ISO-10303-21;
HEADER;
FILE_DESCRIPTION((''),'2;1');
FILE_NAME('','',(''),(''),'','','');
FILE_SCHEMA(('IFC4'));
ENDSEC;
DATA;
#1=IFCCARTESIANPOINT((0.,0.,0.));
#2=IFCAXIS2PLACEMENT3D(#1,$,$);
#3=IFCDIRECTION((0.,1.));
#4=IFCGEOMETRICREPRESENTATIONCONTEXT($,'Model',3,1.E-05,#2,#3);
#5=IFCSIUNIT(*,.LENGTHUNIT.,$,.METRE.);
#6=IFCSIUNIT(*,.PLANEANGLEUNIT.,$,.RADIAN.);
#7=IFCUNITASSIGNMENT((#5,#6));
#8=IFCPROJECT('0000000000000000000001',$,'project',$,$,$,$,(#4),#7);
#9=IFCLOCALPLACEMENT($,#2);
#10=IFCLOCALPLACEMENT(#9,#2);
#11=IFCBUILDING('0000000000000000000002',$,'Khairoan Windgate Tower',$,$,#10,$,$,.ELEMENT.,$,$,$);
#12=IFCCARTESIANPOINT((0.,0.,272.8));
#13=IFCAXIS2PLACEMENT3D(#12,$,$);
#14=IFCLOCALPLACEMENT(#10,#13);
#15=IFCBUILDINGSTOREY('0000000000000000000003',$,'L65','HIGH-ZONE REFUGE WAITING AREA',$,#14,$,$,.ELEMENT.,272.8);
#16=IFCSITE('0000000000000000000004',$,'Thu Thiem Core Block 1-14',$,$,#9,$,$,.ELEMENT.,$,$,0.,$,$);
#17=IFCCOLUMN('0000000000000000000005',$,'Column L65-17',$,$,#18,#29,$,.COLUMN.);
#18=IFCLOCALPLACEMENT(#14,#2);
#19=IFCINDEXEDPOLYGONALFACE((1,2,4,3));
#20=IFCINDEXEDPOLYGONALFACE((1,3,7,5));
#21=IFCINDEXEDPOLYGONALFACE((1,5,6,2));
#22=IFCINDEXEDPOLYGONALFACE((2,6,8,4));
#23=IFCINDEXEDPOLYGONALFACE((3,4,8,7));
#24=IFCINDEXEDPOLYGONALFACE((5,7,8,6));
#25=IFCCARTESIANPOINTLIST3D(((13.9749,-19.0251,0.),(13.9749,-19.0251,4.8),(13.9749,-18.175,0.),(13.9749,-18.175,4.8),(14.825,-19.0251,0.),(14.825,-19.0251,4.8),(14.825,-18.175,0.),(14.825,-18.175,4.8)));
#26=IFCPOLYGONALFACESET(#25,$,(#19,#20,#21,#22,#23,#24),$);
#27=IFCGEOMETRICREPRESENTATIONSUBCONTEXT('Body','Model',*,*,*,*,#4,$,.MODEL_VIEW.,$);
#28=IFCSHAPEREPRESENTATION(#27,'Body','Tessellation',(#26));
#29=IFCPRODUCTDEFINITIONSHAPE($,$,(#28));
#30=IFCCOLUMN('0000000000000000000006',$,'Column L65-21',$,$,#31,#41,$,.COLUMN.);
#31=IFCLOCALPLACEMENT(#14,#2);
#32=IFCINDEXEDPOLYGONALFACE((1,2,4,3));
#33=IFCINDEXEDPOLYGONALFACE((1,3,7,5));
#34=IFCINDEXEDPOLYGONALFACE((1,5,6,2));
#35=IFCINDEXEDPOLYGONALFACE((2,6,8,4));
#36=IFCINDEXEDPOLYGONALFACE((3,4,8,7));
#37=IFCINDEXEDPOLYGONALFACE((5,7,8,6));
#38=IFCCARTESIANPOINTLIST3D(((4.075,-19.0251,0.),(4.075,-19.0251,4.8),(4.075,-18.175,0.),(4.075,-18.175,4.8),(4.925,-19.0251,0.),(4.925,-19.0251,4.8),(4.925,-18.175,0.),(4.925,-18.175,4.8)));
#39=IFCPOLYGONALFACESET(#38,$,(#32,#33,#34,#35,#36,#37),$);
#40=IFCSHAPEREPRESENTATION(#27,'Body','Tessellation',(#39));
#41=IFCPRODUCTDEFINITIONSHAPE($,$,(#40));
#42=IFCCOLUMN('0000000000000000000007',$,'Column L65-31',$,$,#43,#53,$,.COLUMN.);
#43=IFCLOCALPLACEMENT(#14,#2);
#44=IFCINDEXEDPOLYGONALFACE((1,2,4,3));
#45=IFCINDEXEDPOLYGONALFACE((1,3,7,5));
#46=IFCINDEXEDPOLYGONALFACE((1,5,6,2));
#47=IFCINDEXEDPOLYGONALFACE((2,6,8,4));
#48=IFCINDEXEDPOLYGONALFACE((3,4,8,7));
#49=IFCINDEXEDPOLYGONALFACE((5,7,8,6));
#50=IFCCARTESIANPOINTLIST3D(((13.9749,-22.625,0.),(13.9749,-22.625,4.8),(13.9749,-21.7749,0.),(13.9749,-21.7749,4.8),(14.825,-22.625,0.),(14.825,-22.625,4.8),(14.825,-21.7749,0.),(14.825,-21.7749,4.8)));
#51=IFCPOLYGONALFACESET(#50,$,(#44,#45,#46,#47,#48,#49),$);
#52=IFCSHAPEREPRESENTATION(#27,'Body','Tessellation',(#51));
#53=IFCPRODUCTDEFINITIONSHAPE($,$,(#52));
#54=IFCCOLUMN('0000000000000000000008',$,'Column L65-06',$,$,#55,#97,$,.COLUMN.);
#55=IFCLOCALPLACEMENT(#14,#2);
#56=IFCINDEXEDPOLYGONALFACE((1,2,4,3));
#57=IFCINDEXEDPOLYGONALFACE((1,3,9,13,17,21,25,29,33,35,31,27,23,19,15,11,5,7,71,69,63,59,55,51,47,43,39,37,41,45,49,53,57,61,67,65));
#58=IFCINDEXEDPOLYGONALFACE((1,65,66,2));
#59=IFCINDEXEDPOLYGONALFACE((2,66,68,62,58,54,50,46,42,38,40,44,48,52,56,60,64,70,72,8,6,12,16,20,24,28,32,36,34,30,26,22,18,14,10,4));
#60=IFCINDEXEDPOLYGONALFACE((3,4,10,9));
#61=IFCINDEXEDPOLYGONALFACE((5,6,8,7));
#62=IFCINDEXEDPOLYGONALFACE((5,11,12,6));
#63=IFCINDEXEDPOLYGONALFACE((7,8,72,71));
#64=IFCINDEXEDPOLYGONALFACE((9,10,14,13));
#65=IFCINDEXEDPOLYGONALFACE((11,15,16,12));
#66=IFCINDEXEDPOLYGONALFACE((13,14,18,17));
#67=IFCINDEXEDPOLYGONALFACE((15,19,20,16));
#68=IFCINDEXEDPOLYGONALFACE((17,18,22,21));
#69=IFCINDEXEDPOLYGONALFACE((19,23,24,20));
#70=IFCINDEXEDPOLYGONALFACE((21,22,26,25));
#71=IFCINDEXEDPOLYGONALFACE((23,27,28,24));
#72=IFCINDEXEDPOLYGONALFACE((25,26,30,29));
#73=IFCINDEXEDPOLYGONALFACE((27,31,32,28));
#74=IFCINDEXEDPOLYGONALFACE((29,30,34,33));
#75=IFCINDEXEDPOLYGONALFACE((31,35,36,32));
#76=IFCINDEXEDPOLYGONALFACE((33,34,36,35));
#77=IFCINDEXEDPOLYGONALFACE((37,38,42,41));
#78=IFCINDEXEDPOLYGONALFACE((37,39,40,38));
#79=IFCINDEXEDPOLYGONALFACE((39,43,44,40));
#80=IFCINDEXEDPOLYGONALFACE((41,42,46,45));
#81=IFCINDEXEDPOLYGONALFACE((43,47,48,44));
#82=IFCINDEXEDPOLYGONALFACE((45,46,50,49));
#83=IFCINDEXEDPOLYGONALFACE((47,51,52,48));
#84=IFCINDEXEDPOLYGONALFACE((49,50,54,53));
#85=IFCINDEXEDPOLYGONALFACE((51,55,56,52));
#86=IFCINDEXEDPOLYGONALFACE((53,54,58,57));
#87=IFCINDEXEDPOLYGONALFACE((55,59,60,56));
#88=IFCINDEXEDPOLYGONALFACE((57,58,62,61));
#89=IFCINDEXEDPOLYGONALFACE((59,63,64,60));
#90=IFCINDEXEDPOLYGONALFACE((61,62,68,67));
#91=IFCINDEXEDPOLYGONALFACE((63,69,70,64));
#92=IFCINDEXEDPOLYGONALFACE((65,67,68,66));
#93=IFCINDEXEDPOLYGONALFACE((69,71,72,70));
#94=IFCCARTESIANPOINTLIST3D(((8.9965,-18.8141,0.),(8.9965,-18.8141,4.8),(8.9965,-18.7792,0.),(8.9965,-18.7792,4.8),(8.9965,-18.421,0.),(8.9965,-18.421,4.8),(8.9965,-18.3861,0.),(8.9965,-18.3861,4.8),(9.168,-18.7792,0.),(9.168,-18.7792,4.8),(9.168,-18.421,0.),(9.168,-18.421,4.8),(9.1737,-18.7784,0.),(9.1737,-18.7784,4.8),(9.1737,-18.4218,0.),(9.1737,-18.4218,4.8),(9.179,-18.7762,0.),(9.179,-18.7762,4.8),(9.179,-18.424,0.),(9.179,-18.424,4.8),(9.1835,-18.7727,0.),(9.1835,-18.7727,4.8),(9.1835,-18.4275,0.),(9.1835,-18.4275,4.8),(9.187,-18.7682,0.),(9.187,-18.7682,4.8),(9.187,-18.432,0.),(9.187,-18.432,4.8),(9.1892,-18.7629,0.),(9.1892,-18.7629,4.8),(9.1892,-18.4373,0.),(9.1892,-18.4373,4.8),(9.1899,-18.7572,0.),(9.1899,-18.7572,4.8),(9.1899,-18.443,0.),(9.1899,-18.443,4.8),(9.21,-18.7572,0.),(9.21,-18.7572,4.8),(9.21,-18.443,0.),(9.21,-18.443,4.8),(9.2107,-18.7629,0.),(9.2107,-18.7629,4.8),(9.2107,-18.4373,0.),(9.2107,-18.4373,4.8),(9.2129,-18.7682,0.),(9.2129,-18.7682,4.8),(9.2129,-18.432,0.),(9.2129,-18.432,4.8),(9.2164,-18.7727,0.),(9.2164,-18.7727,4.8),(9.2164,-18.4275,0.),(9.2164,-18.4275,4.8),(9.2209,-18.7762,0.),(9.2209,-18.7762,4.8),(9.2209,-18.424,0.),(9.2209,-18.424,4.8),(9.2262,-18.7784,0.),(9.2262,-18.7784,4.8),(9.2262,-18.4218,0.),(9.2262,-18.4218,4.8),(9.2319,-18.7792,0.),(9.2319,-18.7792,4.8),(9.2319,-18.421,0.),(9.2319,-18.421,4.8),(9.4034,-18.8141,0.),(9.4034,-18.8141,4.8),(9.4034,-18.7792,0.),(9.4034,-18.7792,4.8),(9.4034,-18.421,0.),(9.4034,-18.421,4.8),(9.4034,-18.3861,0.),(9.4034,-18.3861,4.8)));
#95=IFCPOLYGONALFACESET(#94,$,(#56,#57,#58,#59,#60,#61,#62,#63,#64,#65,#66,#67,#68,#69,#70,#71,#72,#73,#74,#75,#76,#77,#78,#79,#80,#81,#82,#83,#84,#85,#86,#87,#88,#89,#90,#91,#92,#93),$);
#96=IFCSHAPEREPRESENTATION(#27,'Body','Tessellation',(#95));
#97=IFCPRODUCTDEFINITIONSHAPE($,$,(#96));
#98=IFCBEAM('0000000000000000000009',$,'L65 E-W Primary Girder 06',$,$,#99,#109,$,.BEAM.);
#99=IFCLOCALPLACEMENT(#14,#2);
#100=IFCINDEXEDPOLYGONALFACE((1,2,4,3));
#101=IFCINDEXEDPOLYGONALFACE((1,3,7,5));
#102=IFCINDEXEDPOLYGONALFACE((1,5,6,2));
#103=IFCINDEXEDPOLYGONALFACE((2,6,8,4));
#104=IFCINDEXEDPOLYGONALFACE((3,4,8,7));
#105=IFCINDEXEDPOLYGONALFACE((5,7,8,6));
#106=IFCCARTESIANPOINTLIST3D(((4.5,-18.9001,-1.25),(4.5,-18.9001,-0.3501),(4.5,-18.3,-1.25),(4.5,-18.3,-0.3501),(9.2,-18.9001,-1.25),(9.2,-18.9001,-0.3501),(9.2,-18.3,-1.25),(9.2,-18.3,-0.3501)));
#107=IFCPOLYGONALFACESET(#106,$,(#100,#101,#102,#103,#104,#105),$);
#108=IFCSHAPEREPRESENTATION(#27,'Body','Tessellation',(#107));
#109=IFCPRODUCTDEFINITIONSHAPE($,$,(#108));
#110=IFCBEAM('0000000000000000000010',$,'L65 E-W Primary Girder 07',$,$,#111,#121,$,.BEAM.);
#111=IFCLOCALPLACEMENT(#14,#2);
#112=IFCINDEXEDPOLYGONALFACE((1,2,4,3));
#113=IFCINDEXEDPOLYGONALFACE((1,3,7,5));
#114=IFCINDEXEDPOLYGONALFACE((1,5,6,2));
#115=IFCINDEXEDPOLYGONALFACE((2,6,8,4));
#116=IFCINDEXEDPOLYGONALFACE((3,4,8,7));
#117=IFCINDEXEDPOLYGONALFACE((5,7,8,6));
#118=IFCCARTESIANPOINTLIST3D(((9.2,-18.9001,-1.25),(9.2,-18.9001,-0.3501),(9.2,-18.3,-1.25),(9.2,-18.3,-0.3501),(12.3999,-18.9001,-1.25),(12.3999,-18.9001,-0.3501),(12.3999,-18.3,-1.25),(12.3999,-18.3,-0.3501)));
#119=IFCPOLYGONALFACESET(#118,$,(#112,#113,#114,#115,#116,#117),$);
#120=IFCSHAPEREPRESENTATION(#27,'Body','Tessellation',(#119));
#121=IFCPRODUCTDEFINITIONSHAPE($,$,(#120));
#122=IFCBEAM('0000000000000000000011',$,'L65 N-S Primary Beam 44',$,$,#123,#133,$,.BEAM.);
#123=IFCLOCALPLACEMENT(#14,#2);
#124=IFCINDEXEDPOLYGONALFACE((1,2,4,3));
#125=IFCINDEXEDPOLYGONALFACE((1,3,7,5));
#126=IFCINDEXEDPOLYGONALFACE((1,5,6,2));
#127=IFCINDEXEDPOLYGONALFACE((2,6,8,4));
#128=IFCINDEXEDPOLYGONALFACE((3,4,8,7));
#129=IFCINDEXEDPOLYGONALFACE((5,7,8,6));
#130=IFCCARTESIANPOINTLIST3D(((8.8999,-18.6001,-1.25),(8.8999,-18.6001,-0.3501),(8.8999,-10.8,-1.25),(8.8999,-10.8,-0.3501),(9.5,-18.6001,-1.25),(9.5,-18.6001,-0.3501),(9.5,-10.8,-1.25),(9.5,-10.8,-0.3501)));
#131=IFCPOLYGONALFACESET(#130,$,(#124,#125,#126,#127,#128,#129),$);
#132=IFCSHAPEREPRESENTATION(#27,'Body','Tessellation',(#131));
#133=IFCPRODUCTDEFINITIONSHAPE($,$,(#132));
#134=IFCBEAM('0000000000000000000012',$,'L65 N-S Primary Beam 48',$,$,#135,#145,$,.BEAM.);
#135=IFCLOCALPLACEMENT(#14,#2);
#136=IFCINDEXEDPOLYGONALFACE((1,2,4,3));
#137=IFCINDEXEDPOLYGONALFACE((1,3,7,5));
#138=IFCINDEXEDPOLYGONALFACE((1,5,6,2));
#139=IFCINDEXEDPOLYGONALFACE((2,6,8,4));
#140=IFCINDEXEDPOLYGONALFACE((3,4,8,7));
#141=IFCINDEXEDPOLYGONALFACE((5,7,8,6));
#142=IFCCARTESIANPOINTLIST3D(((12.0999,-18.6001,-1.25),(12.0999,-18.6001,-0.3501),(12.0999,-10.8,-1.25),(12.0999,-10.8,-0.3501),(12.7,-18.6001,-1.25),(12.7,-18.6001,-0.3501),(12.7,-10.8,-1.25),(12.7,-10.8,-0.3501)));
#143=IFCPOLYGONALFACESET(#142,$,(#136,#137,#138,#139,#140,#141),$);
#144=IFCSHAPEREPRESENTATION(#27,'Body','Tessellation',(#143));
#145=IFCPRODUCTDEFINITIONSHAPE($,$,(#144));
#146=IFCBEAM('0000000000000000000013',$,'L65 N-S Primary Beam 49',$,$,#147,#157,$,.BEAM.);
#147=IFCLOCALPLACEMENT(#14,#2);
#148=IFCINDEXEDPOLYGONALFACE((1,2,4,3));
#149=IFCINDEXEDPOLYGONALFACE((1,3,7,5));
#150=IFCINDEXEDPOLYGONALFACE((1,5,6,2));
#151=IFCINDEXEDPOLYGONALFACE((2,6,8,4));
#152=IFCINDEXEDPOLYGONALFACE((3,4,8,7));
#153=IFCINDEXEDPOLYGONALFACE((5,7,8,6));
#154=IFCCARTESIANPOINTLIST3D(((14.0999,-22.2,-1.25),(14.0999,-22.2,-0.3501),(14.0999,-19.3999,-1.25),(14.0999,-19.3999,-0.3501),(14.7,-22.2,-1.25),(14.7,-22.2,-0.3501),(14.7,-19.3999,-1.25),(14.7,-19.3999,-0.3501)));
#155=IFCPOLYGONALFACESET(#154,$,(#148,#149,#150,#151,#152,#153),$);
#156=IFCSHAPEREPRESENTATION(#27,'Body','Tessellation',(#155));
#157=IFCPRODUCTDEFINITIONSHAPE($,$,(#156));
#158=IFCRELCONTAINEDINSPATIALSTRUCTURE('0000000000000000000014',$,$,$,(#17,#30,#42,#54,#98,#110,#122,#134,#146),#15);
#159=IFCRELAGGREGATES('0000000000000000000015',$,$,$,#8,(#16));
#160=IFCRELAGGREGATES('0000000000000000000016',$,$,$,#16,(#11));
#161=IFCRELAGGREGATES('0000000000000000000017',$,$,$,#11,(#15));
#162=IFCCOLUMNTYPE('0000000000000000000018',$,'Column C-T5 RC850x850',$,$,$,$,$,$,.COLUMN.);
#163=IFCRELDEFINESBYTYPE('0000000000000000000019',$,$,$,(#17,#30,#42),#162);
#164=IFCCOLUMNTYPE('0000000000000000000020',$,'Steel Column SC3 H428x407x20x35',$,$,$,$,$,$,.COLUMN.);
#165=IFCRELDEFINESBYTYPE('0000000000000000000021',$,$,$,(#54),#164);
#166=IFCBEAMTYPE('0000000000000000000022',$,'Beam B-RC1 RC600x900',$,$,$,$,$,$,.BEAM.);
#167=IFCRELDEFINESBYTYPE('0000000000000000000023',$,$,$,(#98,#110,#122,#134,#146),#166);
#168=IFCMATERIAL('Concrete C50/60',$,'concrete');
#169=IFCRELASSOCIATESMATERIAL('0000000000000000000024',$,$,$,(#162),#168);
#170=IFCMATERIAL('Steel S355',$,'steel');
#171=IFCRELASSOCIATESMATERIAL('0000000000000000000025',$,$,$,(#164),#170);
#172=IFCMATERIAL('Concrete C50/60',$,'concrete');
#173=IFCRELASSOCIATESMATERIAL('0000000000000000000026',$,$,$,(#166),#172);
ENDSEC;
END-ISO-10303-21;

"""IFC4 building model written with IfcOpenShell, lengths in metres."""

from ifc_helpers import new_model, si_unit, direction, frame, origin, origin_2d, place, context, subcontext, project, spatial, rectangle, i_section, extrude, material, material_profile, profile_set, type_object, element, save


model = new_model("IFC4")

# Units and contexts
model_context = context("Model", 3, precision=1e-05, world=origin(), true_north=direction((0.0, 1.0)))
body_context = subcontext(model_context, "Body", "Model", "MODEL_VIEW")
ifc_project = project(units=[si_unit("LENGTHUNIT", "METRE"), si_unit("PLANEANGLEUNIT", "RADIAN")], contexts=[model_context])

# Site, building, storey
site_placement = place(None, origin())
site = spatial("IfcSite", under=ifc_project, at=site_placement, Name="Thu Thiem Core Block 1-14", CompositionType="ELEMENT", RefElevation=0.0)
building_placement = place(site_placement, origin())
building = spatial("IfcBuilding", under=site, at=building_placement, Name="Khairoan Windgate Tower", CompositionType="ELEMENT")
storey_placement = place(building_placement, frame((0.0, 0.0, 272.8)))
storey = spatial("IfcBuildingStorey", under=building, at=storey_placement, Name="L65", Description="HIGH-ZONE REFUGE WAITING AREA", CompositionType="ELEMENT", Elevation=272.8)

# Columns
ifc_material_1 = material(Name="Concrete C50/60", Category="concrete")
ifc_material_profile_1 = material_profile(ifc_material_1, rectangle(XDim=0.8501, YDim=0.8501, at=origin_2d()))
ifc_profile_set_1 = profile_set([ifc_material_profile_1], Name="Concrete C50/60")
column_type_1 = type_object("IfcColumnType", Name="Column C-T5 RC850x850", PredefinedType="COLUMN", material=ifc_profile_set_1)
for number, where, z_axis, x_axis, name in (
    (1, (14.3999, -18.6001, 0.0), (0.0, 0.0, 1.0), (1.0, 0.0, 0.0), "Column L65-17"),
    (2, (4.5, -18.6001, 0.0), (0.0, 0.0, 1.0), (1.0, 0.0, 0.0), "Column L65-21"),
    (3, (14.3999, -22.2, 0.0), (0.0, 0.0, 1.0), (1.0, 0.0, 0.0), "Column L65-31"),
):
    element("IfcColumn", number, at=place(storey_placement, frame(where, z_axis=z_axis, x_axis=x_axis)), inside=storey, type_object=column_type_1, Name=name, PredefinedType="COLUMN", context=body_context, shape_type="SweptSolid", body=[
        extrude(rectangle(XDim=0.8501, YDim=0.8501, at=origin_2d()), origin(), (0.0, 0.0, 1.0), 4.8),
    ])
ifc_material_2 = material(Name="Steel S355", Category="steel")
ifc_material_profile_2 = material_profile(ifc_material_2, i_section(OverallWidth=0.407, OverallDepth=0.428, WebThickness=0.02, FlangeThickness=0.0349, FilletRadius=0.022, at=origin_2d()))
ifc_profile_set_2 = profile_set([ifc_material_profile_2], Name="Steel S355")
column_type_2 = type_object("IfcColumnType", Name="Steel Column SC3 H428x407x20x35", PredefinedType="COLUMN", material=ifc_profile_set_2)
column_placement = place(storey_placement, frame((9.2, -18.6001, 0.0), z_axis=(0.0, 0.0, 1.0), x_axis=(1.0, 0.0, 0.0)))
element("IfcColumn", 4, at=column_placement, inside=storey, type_object=column_type_2, Name="Column L65-06", PredefinedType="COLUMN", context=body_context, shape_type="SweptSolid", body=[
    extrude(i_section(OverallWidth=0.407, OverallDepth=0.428, WebThickness=0.02, FlangeThickness=0.0349, FilletRadius=0.022, at=origin_2d()), origin(), (0.0, 0.0, 1.0), 4.8),
])

# Beams
ifc_material_3 = material(Name="Concrete C50/60", Category="concrete")
ifc_material_profile_3 = material_profile(ifc_material_3, rectangle(XDim=0.6001, YDim=0.8999, at=origin_2d()))
ifc_profile_set_3 = profile_set([ifc_material_profile_3], Name="Concrete C50/60")
beam_type_1 = type_object("IfcBeamType", Name="Beam B-RC1 RC600x900", PredefinedType="BEAM", material=ifc_profile_set_3)
beam_1_placement = place(storey_placement, frame((4.5, -18.6001, -0.8), z_axis=(1.0, 0.0, 0.0), x_axis=(0.0, 1.0, 0.0)))
element("IfcBeam", 5, at=beam_1_placement, inside=storey, type_object=beam_type_1, Name="L65 E-W Primary Girder 06", PredefinedType="BEAM", context=body_context, shape_type="SweptSolid", body=[
    extrude(rectangle(XDim=0.6001, YDim=0.8999, at=origin_2d()), origin(), (0.0, 0.0, 1.0), 4.7),
])
beam_2_placement = place(storey_placement, frame((9.2, -18.6001, -0.8), z_axis=(1.0, 0.0, 0.0), x_axis=(0.0, 1.0, 0.0)))
element("IfcBeam", 6, at=beam_2_placement, inside=storey, type_object=beam_type_1, Name="L65 E-W Primary Girder 07", PredefinedType="BEAM", context=body_context, shape_type="SweptSolid", body=[
    extrude(rectangle(XDim=0.6001, YDim=0.8999, at=origin_2d()), origin(), (0.0, 0.0, 1.0), 3.2),
])
for number, where, z_axis, x_axis, name in (
    (7, (9.2, -18.6001, -0.8), (0.0, 1.0, 0.0), (-1.0, 0.0, 0.0), "L65 N-S Primary Beam 44"),
    (8, (12.3999, -18.6001, -0.8), (0.0, 1.0, 0.0), (-1.0, 0.0, 0.0), "L65 N-S Primary Beam 48"),
):
    element("IfcBeam", number, at=place(storey_placement, frame(where, z_axis=z_axis, x_axis=x_axis)), inside=storey, type_object=beam_type_1, Name=name, PredefinedType="BEAM", context=body_context, shape_type="SweptSolid", body=[
        extrude(rectangle(XDim=0.6001, YDim=0.8999, at=origin_2d()), origin(), (0.0, 0.0, 1.0), 7.8),
    ])
beam_3_placement = place(storey_placement, frame((14.3999, -22.2, -0.8), z_axis=(0.0, 1.0, 0.0), x_axis=(-1.0, 0.0, 0.0)))
element("IfcBeam", 9, at=beam_3_placement, inside=storey, type_object=beam_type_1, Name="L65 N-S Primary Beam 49", PredefinedType="BEAM", context=body_context, shape_type="SweptSolid", body=[
    extrude(rectangle(XDim=0.6001, YDim=0.8999, at=origin_2d()), origin(), (0.0, 0.0, 1.0), 2.8),
])

save(model, "model.ifc")
